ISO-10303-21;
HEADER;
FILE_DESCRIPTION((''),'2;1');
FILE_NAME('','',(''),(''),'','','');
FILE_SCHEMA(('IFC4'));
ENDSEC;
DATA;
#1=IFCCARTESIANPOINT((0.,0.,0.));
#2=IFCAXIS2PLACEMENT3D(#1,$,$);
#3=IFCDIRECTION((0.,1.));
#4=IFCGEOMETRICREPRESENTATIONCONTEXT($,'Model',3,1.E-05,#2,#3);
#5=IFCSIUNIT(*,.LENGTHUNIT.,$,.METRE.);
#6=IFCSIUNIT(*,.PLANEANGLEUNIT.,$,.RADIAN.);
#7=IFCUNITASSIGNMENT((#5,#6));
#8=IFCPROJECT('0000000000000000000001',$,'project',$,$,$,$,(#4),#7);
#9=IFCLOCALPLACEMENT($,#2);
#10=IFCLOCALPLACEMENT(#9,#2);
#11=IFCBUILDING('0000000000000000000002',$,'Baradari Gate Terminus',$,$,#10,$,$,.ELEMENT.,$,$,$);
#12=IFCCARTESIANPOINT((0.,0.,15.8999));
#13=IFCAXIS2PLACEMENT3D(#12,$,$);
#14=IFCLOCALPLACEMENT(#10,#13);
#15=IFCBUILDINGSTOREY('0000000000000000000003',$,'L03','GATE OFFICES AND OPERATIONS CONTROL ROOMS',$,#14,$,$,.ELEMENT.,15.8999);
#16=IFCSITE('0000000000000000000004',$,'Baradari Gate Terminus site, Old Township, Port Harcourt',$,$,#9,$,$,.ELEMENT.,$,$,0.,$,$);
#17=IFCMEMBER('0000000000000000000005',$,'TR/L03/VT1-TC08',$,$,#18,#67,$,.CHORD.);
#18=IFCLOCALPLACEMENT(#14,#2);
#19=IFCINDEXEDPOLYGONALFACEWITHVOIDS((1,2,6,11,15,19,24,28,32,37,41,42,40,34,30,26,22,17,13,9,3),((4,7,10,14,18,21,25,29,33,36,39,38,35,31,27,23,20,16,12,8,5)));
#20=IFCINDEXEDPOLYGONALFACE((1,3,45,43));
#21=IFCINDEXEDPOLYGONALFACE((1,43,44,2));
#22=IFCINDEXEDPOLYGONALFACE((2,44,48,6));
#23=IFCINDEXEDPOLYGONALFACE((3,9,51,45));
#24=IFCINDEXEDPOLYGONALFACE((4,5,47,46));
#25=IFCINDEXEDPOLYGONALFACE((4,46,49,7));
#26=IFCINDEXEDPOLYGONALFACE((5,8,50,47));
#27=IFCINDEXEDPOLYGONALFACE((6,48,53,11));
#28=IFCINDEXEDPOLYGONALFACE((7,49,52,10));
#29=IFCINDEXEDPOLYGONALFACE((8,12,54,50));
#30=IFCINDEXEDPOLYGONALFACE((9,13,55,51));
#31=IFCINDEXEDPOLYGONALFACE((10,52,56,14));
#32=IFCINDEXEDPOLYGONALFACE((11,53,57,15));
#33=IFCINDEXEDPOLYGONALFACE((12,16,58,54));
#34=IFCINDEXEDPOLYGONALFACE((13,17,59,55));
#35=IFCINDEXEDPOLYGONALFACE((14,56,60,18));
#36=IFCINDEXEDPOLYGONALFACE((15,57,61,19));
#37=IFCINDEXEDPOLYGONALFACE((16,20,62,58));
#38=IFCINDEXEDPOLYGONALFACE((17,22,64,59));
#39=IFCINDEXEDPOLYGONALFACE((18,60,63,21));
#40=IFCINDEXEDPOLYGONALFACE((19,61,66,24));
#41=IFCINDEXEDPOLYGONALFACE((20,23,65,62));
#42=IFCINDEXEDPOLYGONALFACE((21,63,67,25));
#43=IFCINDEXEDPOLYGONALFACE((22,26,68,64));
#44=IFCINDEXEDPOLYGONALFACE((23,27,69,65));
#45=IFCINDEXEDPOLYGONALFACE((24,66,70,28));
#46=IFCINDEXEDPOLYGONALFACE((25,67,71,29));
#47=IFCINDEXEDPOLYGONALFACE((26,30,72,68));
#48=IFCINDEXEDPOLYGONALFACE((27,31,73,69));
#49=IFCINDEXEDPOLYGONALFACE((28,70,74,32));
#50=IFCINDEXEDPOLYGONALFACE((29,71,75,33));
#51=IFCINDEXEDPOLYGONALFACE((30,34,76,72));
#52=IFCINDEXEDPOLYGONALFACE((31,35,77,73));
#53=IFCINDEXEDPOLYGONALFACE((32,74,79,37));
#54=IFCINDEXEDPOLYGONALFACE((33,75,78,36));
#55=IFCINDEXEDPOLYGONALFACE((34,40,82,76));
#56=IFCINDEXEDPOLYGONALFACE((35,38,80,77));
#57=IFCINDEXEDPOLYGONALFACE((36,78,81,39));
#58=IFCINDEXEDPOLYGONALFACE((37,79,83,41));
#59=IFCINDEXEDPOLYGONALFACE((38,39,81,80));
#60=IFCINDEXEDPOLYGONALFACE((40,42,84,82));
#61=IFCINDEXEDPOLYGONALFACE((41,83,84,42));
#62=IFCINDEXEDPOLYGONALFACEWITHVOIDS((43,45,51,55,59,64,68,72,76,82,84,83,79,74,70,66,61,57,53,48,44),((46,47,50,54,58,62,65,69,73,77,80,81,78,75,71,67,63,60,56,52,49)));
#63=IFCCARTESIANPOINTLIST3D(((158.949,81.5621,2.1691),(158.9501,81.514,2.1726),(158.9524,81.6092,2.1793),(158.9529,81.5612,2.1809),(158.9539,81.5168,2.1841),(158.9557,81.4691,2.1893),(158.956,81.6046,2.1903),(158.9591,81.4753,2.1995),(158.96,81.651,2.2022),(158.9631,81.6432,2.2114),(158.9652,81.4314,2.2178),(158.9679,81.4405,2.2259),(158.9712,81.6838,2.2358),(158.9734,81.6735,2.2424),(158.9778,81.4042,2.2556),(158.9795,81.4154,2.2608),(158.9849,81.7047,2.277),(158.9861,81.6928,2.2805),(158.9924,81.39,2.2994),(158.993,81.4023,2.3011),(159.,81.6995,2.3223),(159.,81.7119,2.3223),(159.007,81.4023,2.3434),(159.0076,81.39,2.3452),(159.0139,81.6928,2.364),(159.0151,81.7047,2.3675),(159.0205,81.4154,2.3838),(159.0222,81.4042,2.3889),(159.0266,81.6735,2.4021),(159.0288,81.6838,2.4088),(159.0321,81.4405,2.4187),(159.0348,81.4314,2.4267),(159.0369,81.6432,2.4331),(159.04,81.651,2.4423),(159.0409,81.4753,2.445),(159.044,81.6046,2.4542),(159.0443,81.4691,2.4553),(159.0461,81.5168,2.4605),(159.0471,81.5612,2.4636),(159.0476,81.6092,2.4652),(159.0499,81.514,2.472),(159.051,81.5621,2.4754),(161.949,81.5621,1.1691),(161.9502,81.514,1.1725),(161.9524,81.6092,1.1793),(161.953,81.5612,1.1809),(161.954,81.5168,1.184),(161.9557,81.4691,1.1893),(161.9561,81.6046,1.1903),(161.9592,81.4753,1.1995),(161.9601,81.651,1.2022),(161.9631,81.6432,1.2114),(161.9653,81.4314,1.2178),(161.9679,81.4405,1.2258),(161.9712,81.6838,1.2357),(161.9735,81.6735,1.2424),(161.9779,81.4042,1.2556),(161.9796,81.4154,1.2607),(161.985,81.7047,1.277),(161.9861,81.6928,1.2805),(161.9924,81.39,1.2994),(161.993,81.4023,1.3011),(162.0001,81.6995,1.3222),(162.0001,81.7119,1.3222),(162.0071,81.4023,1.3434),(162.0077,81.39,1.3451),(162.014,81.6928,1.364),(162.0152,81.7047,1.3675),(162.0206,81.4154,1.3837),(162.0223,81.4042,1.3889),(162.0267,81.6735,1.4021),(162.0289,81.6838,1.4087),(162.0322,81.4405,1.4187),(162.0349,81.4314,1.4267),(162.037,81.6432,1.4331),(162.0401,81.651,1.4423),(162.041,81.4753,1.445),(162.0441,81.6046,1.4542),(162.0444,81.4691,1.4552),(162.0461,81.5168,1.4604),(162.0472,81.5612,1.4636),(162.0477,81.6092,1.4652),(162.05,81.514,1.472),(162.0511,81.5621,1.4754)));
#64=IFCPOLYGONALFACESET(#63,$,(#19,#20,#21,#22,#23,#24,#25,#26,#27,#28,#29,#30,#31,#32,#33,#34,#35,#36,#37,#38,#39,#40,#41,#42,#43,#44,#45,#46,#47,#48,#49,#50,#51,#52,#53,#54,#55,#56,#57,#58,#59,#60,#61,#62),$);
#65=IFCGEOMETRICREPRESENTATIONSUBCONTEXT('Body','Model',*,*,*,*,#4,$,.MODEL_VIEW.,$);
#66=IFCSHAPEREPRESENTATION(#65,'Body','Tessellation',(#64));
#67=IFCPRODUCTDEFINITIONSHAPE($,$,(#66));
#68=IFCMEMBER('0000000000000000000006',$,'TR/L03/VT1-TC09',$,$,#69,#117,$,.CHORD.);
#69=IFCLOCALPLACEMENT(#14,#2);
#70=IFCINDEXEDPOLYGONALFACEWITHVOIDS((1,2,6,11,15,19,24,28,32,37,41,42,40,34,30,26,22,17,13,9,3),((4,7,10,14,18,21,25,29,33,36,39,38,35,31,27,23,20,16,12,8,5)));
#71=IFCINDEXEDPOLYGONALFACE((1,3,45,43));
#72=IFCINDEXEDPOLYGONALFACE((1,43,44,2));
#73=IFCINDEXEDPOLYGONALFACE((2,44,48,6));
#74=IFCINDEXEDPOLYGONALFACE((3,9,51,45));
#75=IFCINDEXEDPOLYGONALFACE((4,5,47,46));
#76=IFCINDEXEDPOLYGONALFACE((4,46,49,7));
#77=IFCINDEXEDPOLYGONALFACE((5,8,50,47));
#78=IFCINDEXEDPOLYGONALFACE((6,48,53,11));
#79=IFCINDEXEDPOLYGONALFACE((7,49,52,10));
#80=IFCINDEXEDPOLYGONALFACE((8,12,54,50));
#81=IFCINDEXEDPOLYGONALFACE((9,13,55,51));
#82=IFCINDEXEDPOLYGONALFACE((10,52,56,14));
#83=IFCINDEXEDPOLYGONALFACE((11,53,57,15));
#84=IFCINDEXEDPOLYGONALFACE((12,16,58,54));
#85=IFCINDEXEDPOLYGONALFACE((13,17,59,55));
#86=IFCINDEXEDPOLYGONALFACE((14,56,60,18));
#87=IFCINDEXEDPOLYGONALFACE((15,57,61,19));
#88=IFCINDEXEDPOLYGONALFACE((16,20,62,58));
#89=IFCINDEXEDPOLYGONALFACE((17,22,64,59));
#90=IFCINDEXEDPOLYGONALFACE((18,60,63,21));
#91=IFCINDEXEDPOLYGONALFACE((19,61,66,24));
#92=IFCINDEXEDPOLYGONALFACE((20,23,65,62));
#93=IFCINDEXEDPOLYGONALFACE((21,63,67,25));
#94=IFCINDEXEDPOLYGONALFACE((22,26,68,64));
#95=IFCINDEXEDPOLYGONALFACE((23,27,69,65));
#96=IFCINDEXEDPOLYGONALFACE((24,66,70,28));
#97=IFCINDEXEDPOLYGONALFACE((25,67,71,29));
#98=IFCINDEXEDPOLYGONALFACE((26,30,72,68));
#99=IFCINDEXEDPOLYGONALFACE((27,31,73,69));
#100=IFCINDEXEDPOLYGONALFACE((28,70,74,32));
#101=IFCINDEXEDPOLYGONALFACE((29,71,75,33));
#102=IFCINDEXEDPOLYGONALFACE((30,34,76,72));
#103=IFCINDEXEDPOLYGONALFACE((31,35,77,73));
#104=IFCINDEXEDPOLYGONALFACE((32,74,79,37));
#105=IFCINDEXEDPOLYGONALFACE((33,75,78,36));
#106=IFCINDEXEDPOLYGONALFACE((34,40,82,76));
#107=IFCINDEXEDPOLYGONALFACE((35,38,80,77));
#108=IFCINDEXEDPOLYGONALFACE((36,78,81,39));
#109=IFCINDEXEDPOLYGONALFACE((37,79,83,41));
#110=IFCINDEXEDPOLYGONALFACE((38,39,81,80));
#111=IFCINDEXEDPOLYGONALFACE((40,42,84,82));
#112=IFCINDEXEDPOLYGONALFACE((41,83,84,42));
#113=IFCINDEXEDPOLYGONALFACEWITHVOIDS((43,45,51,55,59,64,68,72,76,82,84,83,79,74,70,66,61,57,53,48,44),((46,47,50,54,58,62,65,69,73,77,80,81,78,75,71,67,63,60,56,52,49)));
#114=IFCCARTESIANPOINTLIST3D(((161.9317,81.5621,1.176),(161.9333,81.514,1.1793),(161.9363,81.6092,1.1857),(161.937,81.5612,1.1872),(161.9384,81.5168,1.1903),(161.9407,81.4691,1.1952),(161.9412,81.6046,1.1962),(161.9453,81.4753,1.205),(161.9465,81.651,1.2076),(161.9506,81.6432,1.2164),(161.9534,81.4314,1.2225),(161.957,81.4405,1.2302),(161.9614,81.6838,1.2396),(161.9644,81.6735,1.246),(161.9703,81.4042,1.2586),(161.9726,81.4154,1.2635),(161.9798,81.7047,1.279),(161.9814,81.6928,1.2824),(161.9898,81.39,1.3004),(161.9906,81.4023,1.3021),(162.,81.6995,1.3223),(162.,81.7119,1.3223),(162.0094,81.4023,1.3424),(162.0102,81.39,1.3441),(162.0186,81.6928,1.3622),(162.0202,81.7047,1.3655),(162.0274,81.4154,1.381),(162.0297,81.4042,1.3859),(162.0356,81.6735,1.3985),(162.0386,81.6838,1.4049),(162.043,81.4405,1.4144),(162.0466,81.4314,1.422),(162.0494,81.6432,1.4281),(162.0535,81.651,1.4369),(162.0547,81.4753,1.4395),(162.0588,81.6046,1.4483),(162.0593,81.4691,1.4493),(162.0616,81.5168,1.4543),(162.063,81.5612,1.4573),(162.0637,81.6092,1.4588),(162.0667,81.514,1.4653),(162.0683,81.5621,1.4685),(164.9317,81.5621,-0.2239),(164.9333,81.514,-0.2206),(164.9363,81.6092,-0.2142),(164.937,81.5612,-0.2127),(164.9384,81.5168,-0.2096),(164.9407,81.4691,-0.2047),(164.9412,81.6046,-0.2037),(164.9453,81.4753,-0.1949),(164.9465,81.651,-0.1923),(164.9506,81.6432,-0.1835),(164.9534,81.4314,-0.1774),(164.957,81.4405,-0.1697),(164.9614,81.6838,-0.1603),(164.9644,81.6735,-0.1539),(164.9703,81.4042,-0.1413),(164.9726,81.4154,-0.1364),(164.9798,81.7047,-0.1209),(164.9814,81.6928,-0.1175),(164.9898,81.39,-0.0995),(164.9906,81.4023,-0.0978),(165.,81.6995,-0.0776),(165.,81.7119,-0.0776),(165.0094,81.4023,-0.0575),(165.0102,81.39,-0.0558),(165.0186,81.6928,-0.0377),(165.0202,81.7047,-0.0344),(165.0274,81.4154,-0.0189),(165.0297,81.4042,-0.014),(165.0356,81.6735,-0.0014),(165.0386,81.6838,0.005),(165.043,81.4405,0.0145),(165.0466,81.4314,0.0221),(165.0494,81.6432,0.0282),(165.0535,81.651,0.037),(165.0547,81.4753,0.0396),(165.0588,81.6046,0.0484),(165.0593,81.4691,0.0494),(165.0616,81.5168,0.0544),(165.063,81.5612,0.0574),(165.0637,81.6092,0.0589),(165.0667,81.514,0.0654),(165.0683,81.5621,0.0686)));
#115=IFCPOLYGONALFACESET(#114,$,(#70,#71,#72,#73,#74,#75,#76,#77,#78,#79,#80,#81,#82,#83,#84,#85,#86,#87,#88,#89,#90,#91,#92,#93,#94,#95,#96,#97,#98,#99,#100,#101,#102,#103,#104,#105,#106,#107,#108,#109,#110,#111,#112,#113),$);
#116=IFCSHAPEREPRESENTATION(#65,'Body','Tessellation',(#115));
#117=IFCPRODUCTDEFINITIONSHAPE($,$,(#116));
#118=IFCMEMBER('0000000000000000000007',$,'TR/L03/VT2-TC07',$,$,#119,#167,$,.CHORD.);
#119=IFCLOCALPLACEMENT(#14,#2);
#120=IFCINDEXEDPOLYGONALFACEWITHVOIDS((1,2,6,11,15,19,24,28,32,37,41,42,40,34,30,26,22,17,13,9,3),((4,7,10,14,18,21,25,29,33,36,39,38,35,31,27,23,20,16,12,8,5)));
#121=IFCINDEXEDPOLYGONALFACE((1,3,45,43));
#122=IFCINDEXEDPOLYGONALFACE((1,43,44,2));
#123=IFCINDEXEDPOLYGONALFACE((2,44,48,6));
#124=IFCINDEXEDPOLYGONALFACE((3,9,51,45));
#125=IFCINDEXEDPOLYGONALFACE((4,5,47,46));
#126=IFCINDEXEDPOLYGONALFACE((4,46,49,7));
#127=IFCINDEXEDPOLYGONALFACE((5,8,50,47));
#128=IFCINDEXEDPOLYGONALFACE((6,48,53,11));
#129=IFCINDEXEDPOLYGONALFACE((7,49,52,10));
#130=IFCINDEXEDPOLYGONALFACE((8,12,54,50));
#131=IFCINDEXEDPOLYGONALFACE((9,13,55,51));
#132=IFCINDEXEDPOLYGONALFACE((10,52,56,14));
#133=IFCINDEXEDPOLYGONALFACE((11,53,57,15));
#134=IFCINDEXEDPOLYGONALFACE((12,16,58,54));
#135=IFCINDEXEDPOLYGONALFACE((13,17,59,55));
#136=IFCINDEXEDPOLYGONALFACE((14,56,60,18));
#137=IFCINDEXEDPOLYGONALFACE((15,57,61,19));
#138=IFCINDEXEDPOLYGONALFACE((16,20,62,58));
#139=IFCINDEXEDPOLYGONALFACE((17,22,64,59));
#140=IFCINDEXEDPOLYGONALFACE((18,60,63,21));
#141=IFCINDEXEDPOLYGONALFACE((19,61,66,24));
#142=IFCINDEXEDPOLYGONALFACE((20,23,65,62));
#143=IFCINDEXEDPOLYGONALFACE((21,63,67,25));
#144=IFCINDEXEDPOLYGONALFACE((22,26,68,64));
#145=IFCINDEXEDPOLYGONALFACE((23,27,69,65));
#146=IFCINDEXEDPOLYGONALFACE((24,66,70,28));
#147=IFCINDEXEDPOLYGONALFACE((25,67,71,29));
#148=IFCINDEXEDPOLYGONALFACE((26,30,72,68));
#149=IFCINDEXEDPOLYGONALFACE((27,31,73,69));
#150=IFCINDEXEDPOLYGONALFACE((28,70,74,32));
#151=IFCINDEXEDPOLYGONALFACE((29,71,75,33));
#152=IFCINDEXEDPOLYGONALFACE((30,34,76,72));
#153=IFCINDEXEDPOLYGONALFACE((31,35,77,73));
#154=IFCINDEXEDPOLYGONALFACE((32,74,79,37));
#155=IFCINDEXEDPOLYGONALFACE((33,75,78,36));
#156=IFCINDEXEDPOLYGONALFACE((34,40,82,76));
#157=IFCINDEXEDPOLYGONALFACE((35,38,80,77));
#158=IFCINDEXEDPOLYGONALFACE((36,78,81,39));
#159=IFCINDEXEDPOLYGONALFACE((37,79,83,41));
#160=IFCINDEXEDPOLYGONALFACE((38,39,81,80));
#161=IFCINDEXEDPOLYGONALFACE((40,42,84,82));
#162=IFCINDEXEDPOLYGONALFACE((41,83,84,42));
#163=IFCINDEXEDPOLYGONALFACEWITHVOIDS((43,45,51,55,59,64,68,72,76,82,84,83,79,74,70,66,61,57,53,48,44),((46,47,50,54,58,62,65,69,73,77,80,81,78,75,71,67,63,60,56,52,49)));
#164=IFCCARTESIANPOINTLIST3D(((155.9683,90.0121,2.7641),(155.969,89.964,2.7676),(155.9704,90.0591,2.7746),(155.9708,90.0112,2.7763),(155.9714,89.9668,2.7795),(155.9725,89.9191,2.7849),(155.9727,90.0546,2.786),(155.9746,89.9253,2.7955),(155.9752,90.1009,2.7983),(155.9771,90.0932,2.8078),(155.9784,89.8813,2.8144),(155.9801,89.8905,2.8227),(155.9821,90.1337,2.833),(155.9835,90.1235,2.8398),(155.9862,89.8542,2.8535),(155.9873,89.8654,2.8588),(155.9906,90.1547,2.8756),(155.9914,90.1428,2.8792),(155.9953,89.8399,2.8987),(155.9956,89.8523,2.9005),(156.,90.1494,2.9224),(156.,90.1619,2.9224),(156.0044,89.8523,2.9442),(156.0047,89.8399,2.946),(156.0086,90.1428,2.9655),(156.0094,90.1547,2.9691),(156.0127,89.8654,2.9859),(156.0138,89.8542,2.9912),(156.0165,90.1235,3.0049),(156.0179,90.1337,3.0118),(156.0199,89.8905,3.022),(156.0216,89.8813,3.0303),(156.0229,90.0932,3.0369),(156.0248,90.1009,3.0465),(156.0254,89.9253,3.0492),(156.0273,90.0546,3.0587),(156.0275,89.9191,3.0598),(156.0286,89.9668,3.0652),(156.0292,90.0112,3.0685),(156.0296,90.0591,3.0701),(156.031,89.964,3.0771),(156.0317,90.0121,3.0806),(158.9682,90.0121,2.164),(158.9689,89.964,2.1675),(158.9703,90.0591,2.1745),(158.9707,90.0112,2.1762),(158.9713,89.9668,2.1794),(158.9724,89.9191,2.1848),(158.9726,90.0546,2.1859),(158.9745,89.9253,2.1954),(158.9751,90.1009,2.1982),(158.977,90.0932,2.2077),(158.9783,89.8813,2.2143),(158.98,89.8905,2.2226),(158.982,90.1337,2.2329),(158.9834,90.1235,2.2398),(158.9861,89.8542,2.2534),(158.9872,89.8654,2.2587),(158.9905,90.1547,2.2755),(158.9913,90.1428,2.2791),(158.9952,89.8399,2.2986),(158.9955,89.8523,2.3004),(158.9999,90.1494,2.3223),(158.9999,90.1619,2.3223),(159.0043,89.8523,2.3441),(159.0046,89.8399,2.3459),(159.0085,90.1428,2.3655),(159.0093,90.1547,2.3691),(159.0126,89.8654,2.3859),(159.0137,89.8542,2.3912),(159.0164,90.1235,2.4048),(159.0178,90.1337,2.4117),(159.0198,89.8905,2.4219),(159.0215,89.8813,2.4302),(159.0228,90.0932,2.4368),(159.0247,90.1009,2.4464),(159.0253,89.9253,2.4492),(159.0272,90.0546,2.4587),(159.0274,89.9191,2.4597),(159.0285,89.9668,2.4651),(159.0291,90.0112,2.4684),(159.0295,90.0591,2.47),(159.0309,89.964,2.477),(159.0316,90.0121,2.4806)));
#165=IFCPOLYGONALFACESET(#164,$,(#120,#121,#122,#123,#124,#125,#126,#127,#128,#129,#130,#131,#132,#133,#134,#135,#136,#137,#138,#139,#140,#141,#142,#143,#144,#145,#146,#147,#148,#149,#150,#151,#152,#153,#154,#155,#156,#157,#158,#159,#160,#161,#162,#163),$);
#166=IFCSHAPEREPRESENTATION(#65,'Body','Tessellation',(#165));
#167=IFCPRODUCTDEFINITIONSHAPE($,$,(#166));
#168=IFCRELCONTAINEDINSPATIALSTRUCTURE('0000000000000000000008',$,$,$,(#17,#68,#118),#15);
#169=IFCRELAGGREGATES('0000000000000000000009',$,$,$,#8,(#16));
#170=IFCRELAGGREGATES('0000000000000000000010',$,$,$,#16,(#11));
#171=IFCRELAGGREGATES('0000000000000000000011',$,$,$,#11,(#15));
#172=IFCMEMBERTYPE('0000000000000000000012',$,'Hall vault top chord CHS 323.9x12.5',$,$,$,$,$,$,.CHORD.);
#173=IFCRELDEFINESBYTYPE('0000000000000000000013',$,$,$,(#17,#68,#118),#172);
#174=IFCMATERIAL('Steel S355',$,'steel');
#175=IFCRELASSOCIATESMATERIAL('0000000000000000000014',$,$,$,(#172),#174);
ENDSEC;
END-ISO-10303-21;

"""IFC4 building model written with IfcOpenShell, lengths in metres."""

from ifc_helpers import new_model, si_unit, direction, frame, origin, origin_2d, place, context, subcontext, project, spatial, hollow_circle, extrude, material, material_profile, profile_set, type_object, element, save


model = new_model("IFC4")

# Units and contexts
model_context = context("Model", 3, precision=1e-05, world=origin(), true_north=direction((0.0, 1.0)))
body_context = subcontext(model_context, "Body", "Model", "MODEL_VIEW")
ifc_project = project(units=[si_unit("LENGTHUNIT", "METRE"), si_unit("PLANEANGLEUNIT", "RADIAN")], contexts=[model_context])

# Site, building, storey
site_placement = place(None, origin())
site = spatial("IfcSite", under=ifc_project, at=site_placement, Name="Baradari Gate Terminus site, Old Township, Port Harcourt", CompositionType="ELEMENT", RefElevation=0.0)
building_placement = place(site_placement, origin())
building = spatial("IfcBuilding", under=site, at=building_placement, Name="Baradari Gate Terminus", CompositionType="ELEMENT")
storey_placement = place(building_placement, frame((0.0, 0.0, 15.8999)))
storey = spatial("IfcBuildingStorey", under=building, at=storey_placement, Name="L03", Description="GATE OFFICES AND OPERATIONS CONTROL ROOMS", CompositionType="ELEMENT", Elevation=15.8999)

# Members
ifc_material_1 = material(Name="Steel S355", Category="steel")
ifc_material_profile_1 = material_profile(ifc_material_1, hollow_circle(Radius=0.1619, WallThickness=0.0125, at=origin_2d()), Name="CHS 323.9x12.5")
ifc_profile_set_1 = profile_set([ifc_material_profile_1], Name="Steel S355")
member_type_1 = type_object("IfcMemberType", Name="Hall vault top chord CHS 323.9x12.5", PredefinedType="CHORD", material=ifc_profile_set_1)
member_1_placement = place(storey_placement, frame((159.0, 81.55, 2.3223), z_axis=(0.948683, 0.0, -0.316228), x_axis=(0.0, 1.0, 0.0)))
element("IfcMember", 1, at=member_1_placement, inside=storey, type_object=member_type_1, Name="TR/L03/VT1-TC08", PredefinedType="CHORD", context=body_context, shape_type="SweptSolid", body=[
    extrude(hollow_circle(Radius=0.1619, WallThickness=0.0125, at=origin_2d()), origin(), (0.0, 0.0, 1.0), 3.1624),
])
member_2_placement = place(storey_placement, frame((162.0, 81.55, 1.3223), z_axis=(0.906194, 0.0, -0.422861), x_axis=(0.0, 1.0, 0.0)))
element("IfcMember", 2, at=member_2_placement, inside=storey, type_object=member_type_1, Name="TR/L03/VT1-TC09", PredefinedType="CHORD", context=body_context, shape_type="SweptSolid", body=[
    extrude(hollow_circle(Radius=0.1619, WallThickness=0.0125, at=origin_2d()), origin(), (0.0, 0.0, 1.0), 3.3105),
])
member_3_placement = place(storey_placement, frame((156.0, 90.0, 2.9224), z_axis=(0.980575, 0.0, -0.196147), x_axis=(0.0, 1.0, 0.0)))
element("IfcMember", 3, at=member_3_placement, inside=storey, type_object=member_type_1, Name="TR/L03/VT2-TC07", PredefinedType="CHORD", context=body_context, shape_type="SweptSolid", body=[
    extrude(hollow_circle(Radius=0.1619, WallThickness=0.0125, at=origin_2d()), origin(), (0.0, 0.0, 1.0), 3.0593),
])

save(model, "model.ifc")
